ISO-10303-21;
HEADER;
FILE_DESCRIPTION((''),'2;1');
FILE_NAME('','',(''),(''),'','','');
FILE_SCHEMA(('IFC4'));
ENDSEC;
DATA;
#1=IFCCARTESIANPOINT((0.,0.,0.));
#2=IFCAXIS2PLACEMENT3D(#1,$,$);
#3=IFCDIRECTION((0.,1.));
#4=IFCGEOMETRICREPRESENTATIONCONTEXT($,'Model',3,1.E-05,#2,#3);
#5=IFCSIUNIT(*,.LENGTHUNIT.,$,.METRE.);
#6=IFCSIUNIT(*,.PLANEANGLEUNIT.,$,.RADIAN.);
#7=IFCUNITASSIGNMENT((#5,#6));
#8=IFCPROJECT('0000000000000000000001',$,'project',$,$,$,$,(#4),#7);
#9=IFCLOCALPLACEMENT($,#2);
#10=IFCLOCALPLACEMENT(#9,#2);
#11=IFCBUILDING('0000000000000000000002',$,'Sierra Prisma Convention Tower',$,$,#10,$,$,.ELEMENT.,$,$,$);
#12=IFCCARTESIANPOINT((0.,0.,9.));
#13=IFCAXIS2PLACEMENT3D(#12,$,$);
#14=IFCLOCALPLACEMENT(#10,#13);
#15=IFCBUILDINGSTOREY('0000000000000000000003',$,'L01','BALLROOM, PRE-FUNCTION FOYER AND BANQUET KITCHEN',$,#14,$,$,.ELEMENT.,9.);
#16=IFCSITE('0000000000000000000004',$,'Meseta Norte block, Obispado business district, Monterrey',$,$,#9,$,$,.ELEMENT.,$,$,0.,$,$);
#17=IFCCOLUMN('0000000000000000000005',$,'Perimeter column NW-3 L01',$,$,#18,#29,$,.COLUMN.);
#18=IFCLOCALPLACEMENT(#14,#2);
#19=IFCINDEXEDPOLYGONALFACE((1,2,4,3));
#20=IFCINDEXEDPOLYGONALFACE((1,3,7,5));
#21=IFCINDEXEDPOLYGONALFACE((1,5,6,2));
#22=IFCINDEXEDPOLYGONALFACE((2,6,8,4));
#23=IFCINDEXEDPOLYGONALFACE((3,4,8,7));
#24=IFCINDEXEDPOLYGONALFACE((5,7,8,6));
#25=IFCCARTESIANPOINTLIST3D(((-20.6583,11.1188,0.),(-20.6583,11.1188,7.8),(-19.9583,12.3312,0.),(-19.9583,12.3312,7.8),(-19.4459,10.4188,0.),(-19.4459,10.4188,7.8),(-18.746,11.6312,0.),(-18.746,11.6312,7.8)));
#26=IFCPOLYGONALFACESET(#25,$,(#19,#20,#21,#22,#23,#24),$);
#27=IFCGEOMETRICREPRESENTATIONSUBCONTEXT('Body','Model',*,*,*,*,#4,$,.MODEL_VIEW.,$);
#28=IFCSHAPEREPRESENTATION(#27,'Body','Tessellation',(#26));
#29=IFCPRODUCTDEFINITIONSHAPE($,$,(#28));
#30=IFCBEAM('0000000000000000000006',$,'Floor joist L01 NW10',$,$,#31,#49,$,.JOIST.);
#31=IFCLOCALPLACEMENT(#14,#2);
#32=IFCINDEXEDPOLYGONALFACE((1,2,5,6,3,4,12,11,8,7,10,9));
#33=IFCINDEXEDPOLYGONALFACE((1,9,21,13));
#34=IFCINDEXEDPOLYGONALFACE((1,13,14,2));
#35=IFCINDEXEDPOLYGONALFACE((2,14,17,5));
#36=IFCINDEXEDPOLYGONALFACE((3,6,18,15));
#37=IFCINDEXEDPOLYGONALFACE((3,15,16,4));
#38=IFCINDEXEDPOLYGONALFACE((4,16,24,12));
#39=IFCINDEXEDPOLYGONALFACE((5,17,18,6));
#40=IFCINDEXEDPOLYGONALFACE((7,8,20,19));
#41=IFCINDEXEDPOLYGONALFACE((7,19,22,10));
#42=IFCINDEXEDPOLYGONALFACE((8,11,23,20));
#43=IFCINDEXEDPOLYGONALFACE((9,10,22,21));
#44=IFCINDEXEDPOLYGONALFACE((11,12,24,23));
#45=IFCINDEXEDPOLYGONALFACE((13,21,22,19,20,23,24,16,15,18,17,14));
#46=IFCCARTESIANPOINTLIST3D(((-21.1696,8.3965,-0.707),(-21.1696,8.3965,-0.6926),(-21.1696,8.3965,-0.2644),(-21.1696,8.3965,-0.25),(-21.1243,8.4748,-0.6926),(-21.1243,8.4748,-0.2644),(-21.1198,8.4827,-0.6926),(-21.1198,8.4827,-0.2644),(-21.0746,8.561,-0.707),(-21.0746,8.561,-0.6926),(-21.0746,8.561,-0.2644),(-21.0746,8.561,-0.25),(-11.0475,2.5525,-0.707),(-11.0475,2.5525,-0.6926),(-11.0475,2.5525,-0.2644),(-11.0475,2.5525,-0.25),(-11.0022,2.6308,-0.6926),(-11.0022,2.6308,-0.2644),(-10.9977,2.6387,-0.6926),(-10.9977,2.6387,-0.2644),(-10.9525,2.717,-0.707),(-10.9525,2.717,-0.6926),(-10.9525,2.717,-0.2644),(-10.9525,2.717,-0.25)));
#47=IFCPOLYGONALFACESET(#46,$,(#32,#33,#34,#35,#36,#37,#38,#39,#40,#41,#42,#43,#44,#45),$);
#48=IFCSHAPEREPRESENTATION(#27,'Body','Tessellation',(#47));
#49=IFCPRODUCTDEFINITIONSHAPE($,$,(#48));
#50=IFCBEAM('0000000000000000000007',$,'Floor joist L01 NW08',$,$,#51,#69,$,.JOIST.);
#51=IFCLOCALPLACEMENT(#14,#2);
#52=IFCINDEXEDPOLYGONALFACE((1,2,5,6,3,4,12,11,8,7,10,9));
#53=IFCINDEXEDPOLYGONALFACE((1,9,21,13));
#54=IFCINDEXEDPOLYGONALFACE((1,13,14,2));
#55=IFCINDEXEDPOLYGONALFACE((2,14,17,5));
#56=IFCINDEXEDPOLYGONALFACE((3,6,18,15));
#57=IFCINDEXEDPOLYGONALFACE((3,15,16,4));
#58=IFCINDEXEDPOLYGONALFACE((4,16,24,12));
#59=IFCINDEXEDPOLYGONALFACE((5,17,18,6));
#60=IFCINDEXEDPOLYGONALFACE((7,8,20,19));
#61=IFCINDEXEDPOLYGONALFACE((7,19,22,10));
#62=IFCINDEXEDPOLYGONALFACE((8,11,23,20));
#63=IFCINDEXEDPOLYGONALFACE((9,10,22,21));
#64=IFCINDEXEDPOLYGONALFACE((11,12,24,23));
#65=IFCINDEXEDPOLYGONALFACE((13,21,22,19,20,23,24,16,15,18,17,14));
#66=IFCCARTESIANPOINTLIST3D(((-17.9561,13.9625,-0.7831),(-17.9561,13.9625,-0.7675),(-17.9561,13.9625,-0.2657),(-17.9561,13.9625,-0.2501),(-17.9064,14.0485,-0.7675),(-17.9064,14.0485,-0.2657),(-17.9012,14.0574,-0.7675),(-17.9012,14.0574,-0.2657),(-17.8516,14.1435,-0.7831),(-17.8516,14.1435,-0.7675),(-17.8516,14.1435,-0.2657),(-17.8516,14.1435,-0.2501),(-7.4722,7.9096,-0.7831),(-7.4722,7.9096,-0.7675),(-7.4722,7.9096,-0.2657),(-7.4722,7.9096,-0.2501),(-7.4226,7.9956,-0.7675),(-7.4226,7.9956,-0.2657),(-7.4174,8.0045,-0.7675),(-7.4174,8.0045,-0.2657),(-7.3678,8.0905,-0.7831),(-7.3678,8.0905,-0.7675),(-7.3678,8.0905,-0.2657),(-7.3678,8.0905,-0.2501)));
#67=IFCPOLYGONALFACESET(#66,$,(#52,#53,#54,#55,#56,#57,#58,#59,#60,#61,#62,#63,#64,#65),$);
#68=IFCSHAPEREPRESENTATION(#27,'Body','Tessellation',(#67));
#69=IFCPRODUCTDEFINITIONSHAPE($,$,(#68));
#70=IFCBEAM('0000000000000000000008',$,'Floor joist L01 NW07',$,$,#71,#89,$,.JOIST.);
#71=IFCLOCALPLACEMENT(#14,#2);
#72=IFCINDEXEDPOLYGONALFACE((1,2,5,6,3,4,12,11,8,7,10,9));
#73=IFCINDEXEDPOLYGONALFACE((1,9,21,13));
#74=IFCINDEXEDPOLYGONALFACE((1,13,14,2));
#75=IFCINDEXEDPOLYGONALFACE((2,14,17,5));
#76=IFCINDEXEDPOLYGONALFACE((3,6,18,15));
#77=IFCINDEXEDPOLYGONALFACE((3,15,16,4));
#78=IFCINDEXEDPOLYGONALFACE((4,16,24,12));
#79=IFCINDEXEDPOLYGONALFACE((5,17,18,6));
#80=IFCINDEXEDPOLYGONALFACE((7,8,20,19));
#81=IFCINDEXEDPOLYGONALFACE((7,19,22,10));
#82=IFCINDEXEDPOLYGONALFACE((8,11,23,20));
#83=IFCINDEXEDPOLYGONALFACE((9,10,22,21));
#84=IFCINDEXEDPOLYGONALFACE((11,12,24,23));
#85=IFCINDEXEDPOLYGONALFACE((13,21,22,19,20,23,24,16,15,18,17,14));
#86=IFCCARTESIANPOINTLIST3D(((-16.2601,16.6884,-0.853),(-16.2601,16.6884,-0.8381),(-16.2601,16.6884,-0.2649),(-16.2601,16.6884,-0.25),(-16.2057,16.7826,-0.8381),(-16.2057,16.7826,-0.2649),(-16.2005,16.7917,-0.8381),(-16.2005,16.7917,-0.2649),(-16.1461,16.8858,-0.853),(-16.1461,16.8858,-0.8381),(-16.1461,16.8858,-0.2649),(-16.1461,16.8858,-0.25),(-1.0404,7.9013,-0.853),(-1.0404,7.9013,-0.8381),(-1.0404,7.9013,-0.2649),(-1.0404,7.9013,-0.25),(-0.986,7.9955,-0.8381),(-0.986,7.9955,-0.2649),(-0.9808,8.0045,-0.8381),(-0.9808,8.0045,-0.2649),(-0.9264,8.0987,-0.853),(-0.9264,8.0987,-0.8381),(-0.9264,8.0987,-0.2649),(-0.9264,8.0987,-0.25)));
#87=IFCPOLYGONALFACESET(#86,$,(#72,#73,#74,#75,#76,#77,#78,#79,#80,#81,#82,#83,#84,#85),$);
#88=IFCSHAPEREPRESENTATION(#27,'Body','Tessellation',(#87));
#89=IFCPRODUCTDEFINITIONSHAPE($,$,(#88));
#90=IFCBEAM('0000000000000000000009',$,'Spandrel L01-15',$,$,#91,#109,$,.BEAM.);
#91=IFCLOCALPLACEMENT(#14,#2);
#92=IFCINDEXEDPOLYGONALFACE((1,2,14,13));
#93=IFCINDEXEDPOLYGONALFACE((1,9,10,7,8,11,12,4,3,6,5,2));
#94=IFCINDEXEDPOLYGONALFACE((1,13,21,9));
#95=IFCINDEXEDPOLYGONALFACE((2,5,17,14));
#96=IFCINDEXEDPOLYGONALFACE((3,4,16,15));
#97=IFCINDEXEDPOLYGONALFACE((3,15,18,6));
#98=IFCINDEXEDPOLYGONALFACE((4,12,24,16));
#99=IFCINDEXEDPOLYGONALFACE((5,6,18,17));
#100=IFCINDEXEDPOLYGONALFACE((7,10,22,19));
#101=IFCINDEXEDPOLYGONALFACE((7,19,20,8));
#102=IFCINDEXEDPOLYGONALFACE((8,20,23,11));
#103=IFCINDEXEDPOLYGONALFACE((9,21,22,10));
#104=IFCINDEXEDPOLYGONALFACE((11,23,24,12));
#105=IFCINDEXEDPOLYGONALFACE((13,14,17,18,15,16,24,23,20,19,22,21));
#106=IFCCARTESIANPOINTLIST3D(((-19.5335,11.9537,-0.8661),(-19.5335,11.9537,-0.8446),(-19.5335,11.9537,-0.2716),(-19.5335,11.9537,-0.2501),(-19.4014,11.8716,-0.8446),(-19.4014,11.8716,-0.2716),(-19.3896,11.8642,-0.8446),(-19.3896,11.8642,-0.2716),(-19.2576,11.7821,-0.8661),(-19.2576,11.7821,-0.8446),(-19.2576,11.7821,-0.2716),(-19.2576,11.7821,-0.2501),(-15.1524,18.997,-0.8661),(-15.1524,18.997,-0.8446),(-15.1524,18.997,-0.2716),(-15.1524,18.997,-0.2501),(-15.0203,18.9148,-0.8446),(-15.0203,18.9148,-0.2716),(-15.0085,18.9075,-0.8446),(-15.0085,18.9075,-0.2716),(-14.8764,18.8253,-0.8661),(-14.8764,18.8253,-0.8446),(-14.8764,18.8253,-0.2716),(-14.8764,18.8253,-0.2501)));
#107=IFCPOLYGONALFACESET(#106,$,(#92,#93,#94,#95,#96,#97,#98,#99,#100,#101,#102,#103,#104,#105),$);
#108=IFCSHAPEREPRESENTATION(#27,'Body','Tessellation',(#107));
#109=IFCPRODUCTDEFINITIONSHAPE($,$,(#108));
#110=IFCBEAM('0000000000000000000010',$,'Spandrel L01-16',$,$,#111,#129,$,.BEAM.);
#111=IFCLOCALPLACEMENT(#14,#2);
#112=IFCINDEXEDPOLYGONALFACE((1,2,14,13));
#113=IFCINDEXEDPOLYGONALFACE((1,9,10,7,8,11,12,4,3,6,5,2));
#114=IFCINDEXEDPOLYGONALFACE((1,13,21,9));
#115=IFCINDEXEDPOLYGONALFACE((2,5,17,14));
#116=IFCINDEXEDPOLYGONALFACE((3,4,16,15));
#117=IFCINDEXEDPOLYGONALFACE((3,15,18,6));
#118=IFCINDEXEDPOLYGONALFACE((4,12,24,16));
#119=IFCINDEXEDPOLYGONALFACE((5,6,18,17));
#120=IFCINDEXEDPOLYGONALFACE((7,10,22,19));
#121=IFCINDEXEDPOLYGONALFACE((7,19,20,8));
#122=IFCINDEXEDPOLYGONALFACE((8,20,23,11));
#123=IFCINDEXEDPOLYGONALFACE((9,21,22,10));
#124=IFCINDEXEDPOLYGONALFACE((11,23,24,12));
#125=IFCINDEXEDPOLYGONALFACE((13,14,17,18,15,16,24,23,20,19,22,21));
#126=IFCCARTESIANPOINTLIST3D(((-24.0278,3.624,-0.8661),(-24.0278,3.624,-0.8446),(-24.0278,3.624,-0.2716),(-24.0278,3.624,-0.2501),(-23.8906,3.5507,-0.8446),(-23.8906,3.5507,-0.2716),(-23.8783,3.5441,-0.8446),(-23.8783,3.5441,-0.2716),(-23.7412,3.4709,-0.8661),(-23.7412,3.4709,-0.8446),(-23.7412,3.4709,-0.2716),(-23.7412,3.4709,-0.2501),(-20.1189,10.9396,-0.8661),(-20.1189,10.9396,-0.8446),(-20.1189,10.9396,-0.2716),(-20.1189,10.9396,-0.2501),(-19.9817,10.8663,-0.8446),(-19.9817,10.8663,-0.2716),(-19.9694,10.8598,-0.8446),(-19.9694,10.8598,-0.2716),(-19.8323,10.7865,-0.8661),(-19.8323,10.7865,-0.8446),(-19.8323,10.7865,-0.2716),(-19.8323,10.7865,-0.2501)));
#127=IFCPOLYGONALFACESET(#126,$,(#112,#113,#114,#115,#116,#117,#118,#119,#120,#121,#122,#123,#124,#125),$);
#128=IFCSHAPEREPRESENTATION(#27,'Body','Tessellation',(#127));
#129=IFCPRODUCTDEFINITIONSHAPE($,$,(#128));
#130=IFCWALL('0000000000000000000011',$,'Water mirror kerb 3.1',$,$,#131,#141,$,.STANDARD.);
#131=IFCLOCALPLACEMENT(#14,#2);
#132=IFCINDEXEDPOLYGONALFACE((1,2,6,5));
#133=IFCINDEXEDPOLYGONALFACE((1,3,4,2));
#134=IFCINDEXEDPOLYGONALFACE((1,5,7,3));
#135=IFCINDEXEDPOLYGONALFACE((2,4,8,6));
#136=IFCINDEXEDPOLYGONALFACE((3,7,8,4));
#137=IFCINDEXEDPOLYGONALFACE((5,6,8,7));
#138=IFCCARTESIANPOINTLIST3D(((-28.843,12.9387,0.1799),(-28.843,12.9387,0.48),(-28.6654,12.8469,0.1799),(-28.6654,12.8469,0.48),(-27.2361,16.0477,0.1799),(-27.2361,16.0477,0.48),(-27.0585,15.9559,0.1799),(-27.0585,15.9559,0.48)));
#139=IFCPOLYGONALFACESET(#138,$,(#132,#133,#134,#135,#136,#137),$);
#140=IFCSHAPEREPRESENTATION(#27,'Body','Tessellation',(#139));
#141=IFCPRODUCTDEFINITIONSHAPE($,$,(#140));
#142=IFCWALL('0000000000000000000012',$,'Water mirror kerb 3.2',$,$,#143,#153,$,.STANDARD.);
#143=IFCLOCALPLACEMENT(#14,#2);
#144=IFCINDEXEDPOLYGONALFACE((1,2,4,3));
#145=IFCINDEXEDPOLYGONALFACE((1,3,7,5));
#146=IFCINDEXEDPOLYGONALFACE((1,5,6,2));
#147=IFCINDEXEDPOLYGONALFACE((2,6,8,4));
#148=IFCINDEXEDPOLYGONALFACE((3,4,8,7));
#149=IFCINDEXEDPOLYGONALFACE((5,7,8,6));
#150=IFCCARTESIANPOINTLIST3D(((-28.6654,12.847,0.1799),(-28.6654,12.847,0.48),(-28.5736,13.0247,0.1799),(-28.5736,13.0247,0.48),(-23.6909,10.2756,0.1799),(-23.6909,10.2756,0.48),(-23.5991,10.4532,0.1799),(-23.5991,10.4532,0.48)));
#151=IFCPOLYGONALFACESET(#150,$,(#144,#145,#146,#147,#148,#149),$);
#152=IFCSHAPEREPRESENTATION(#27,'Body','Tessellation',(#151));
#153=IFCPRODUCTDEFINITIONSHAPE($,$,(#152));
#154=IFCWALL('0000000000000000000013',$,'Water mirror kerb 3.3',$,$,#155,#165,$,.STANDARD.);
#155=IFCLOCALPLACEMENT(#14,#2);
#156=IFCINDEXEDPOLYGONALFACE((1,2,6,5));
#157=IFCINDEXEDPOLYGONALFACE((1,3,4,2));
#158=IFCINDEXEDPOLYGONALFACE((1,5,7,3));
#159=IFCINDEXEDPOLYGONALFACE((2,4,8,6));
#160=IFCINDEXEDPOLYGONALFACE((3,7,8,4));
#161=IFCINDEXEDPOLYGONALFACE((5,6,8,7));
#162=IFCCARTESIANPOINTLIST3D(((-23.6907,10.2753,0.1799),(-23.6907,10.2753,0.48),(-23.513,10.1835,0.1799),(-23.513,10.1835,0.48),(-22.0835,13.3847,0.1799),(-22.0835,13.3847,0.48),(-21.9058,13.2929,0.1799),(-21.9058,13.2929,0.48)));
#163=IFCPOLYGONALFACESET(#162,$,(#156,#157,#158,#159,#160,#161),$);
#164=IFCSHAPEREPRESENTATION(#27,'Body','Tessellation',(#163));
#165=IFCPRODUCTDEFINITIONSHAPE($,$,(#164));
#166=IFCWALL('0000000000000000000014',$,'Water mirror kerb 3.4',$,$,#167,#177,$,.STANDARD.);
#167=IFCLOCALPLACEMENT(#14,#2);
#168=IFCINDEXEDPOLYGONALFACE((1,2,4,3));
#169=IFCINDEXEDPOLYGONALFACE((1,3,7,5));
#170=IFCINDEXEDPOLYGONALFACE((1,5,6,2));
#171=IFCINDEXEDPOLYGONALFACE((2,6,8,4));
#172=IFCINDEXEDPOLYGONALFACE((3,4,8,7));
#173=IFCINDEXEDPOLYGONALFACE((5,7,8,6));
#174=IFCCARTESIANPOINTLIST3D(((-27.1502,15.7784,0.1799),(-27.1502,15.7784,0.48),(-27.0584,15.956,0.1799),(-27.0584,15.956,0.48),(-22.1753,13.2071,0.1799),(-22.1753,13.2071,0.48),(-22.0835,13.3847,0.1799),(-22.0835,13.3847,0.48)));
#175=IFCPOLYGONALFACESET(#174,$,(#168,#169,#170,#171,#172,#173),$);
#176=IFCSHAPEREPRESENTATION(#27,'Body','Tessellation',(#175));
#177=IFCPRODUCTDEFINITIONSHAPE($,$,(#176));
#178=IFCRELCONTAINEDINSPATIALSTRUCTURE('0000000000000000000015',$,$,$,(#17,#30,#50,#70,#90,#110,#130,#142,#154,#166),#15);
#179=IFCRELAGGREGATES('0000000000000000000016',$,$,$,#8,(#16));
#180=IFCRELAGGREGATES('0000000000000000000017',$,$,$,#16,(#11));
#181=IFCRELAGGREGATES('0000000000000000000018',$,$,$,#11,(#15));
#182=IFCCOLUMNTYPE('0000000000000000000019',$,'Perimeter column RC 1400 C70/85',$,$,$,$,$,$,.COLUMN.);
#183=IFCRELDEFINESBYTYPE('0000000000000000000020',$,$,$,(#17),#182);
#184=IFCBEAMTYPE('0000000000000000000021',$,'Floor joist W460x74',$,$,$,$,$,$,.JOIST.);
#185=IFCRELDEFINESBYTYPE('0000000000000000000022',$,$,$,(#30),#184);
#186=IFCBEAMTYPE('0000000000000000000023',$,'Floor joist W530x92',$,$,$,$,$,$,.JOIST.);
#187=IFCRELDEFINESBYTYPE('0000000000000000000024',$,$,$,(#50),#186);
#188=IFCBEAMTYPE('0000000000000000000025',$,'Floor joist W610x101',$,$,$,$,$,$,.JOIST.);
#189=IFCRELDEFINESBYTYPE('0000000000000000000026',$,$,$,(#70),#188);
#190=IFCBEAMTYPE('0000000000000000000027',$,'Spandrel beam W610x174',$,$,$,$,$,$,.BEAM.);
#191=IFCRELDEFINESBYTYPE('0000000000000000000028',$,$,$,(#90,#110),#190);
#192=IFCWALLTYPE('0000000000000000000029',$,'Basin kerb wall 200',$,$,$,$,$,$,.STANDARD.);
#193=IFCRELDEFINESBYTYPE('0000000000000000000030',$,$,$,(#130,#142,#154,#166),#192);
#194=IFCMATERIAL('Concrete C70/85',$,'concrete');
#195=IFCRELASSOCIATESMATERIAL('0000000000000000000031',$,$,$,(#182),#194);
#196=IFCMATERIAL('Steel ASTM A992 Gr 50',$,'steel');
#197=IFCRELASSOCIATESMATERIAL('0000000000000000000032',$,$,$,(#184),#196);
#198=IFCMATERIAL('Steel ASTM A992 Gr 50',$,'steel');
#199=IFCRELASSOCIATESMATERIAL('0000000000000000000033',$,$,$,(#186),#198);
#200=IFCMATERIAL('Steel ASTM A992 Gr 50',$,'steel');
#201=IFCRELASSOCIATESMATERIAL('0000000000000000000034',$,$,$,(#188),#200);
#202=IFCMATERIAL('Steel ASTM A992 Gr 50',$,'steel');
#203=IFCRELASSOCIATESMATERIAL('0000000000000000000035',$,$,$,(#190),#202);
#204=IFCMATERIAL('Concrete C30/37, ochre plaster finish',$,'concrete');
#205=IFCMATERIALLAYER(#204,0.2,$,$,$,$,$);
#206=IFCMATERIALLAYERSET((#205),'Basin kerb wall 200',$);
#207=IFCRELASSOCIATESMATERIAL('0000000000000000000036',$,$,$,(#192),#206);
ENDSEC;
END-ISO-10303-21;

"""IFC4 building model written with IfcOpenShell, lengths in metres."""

from ifc_helpers import new_model, si_unit, direction, frame, frame_2d, origin, origin_2d, place, context, subcontext, project, spatial, rectangle, i_section, extrude, material, layer, layer_set, material_profile, profile_set, type_object, element, save


model = new_model("IFC4")

# Units and contexts
model_context = context("Model", 3, precision=1e-05, world=origin(), true_north=direction((0.0, 1.0)))
body_context = subcontext(model_context, "Body", "Model", "MODEL_VIEW")
ifc_project = project(units=[si_unit("LENGTHUNIT", "METRE"), si_unit("PLANEANGLEUNIT", "RADIAN")], contexts=[model_context])

# Site, building, storey
site_placement = place(None, origin())
site = spatial("IfcSite", under=ifc_project, at=site_placement, Name="Meseta Norte block, Obispado business district, Monterrey", CompositionType="ELEMENT", RefElevation=0.0)
building_placement = place(site_placement, origin())
building = spatial("IfcBuilding", under=site, at=building_placement, Name="Sierra Prisma Convention Tower", CompositionType="ELEMENT")
storey_placement = place(building_placement, frame((0.0, 0.0, 9.0)))
storey = spatial("IfcBuildingStorey", under=building, at=storey_placement, Name="L01", Description="BALLROOM, PRE-FUNCTION FOYER AND BANQUET KITCHEN", CompositionType="ELEMENT", Elevation=9.0)

# Column
ifc_material_1 = material(Name="Concrete C70/85", Category="concrete")
ifc_material_profile_1 = material_profile(ifc_material_1, rectangle(XDim=1.3999, YDim=1.3999, at=origin_2d()), Name="Perimeter column RC 1400 C70/85")
ifc_profile_set_1 = profile_set([ifc_material_profile_1], Name="Concrete C70/85")
column_type = type_object("IfcColumnType", Name="Perimeter column RC 1400 C70/85", PredefinedType="COLUMN", material=ifc_profile_set_1)
column_placement = place(storey_placement, frame((-19.7021, 11.375, 0.0), z_axis=(0.0, 0.0, 1.0), x_axis=(0.5, 0.866025, 0.0)))
element("IfcColumn", 1, at=column_placement, inside=storey, type_object=column_type, Name="Perimeter column NW-3 L01", PredefinedType="COLUMN", context=body_context, shape_type="SweptSolid", body=[
    extrude(rectangle(XDim=1.3999, YDim=1.3999, at=origin_2d()), origin(), (0.0, 0.0, 1.0), 7.8),
])

# Beams
ifc_material_2 = material(Name="Steel ASTM A992 Gr 50", Category="steel")
ifc_material_profile_2 = material_profile(ifc_material_2, i_section(OverallWidth=0.1899, OverallDepth=0.457, WebThickness=0.009, FlangeThickness=0.0144, at=origin_2d()), Name="W460x74")
ifc_profile_set_2 = profile_set([ifc_material_profile_2], Name="Steel ASTM A992 Gr 50")
beam_type_1 = type_object("IfcBeamType", Name="Floor joist W460x74", PredefinedType="JOIST", material=ifc_profile_set_2)
beam_1_placement = place(storey_placement, frame((-21.1221, 8.4788, -0.4785), z_axis=(0.866025, -0.500001, 0.0), x_axis=(0.500001, 0.866025, 0.0)))
element("IfcBeam", 2, at=beam_1_placement, inside=storey, type_object=beam_type_1, Name="Floor joist L01 NW10", PredefinedType="JOIST", context=body_context, shape_type="SweptSolid", body=[
    extrude(i_section(OverallWidth=0.1899, OverallDepth=0.457, WebThickness=0.009, FlangeThickness=0.0144, at=origin_2d()), origin(), (0.0, 0.0, 1.0), 11.688),
])
ifc_material_3 = material(Name="Steel ASTM A992 Gr 50", Category="steel")
ifc_material_profile_3 = material_profile(ifc_material_3, i_section(OverallWidth=0.209, OverallDepth=0.533, WebThickness=0.0103, FlangeThickness=0.0156, at=origin_2d()), Name="W530x92")
ifc_profile_set_3 = profile_set([ifc_material_profile_3], Name="Steel ASTM A992 Gr 50")
beam_type_2 = type_object("IfcBeamType", Name="Floor joist W530x92", PredefinedType="JOIST", material=ifc_profile_set_3)
beam_2_placement = place(storey_placement, frame((-17.9038, 14.053, -0.5166), z_axis=(0.866022, -0.500006, 0.0), x_axis=(0.500006, 0.866022, 0.0)))
element("IfcBeam", 3, at=beam_2_placement, inside=storey, type_object=beam_type_2, Name="Floor joist L01 NW08", PredefinedType="JOIST", context=body_context, shape_type="SweptSolid", body=[
    extrude(i_section(OverallWidth=0.209, OverallDepth=0.533, WebThickness=0.0103, FlangeThickness=0.0156, at=origin_2d()), origin(), (0.0, 0.0, 1.0), 12.1057),
])
ifc_material_4 = material(Name="Steel ASTM A992 Gr 50", Category="steel")
ifc_material_profile_4 = material_profile(ifc_material_4, i_section(OverallWidth=0.228, OverallDepth=0.603, WebThickness=0.0105, FlangeThickness=0.0149, at=origin_2d()), Name="W610x101")
ifc_profile_set_4 = profile_set([ifc_material_profile_4], Name="Steel ASTM A992 Gr 50")
beam_type_3 = type_object("IfcBeamType", Name="Floor joist W610x101", PredefinedType="JOIST", material=ifc_profile_set_4)
beam_3_placement = place(storey_placement, frame((-16.2031, 16.7871, -0.5515), z_axis=(0.866025, -0.5, 0.0), x_axis=(0.5, 0.866025, 0.0)))
element("IfcBeam", 4, at=beam_3_placement, inside=storey, type_object=beam_type_3, Name="Floor joist L01 NW07", PredefinedType="JOIST", context=body_context, shape_type="SweptSolid", body=[
    extrude(i_section(OverallWidth=0.228, OverallDepth=0.603, WebThickness=0.0105, FlangeThickness=0.0149, at=origin_2d()), origin(), (0.0, 0.0, 1.0), 17.5742),
])
ifc_material_5 = material(Name="Steel ASTM A992 Gr 50", Category="steel")
ifc_material_profile_5 = material_profile(ifc_material_5, i_section(OverallWidth=0.325, OverallDepth=0.616, WebThickness=0.0139, FlangeThickness=0.0215, at=origin_2d()), Name="W610x174")
ifc_profile_set_5 = profile_set([ifc_material_profile_5], Name="Steel ASTM A992 Gr 50")
beam_type_4 = type_object("IfcBeamType", Name="Spandrel beam W610x174", PredefinedType="BEAM", material=ifc_profile_set_5)
beam_4_placement = place(storey_placement, frame((-15.0144, 18.9111, -0.5581), z_axis=(-0.528185, -0.849129, 0.0), x_axis=(0.849129, -0.528185, 0.0)))
element("IfcBeam", 5, at=beam_4_placement, inside=storey, type_object=beam_type_4, Name="Spandrel L01-15", PredefinedType="BEAM", context=body_context, shape_type="SweptSolid", body=[
    extrude(i_section(OverallWidth=0.325, OverallDepth=0.616, WebThickness=0.0139, FlangeThickness=0.0215, at=origin_2d()), origin(), (0.0, 0.0, 1.0), 8.2947),
])
beam_5_placement = place(storey_placement, frame((-19.9756, 10.863, -0.5581), z_axis=(-0.471268, -0.88199, 0.0), x_axis=(0.88199, -0.471268, 0.0)))
element("IfcBeam", 6, at=beam_5_placement, inside=storey, type_object=beam_type_4, Name="Spandrel L01-16", PredefinedType="BEAM", context=body_context, shape_type="SweptSolid", body=[
    extrude(i_section(OverallWidth=0.325, OverallDepth=0.616, WebThickness=0.0139, FlangeThickness=0.0215, at=origin_2d()), origin(), (0.0, 0.0, 1.0), 8.2944),
])

# Walls
ifc_material_6 = material(Name="Concrete C30/37, ochre plaster finish", Category="concrete")
ifc_layer_1 = layer(ifc_material_6, 0.2)
ifc_layer_set_1 = layer_set([ifc_layer_1], Name="Basin kerb wall 200")
wall_type_1 = type_object("IfcWallType", Name="Basin kerb wall 200", PredefinedType="STANDARD", material=ifc_layer_set_1)
wall_1_placement = place(storey_placement, frame((-27.1472, 16.002, 0.1799), z_axis=(0.0, 0.0, 1.0), x_axis=(-0.459144, -0.888362, 0.0)))
element("IfcWall", 7, at=wall_1_placement, inside=storey, type_object=wall_type_1, Name="Water mirror kerb 3.1", PredefinedType="STANDARD", context=body_context, shape_type="SweptSolid", body=[
    extrude(rectangle(XDim=3.4998, YDim=0.2, at=frame_2d((1.75, 0.0))), origin(), (0.0, 0.0, 1.0), 0.3),
])
wall_2_placement = place(storey_placement, frame((-28.6194, 12.9358, 0.1799), z_axis=(0.0, 0.0, 1.0), x_axis=(0.88833, -0.459206, 0.0)))
element("IfcWall", 8, at=wall_2_placement, inside=storey, type_object=wall_type_1, Name="Water mirror kerb 3.2", PredefinedType="STANDARD", context=body_context, shape_type="SweptSolid", body=[
    extrude(rectangle(XDim=5.5999, YDim=0.2, at=frame_2d((2.7998, 0.0))), origin(), (0.0, 0.0, 1.0), 0.3),
])
wall_3_placement = place(storey_placement, frame((-23.6018, 10.2295, 0.1799), z_axis=(0.0, 0.0, 1.0), x_axis=(0.459171, 0.888348, 0.0)))
element("IfcWall", 9, at=wall_3_placement, inside=storey, type_object=wall_type_1, Name="Water mirror kerb 3.3", PredefinedType="STANDARD", context=body_context, shape_type="SweptSolid", body=[
    extrude(rectangle(XDim=3.5002, YDim=0.2, at=frame_2d((1.75, 0.0))), origin(), (0.0, 0.0, 1.0), 0.3),
])
wall_4_placement = place(storey_placement, frame((-22.1294, 13.2959, 0.1799), z_axis=(0.0, 0.0, 1.0), x_axis=(-0.888357, 0.459154, 0.0)))
element("IfcWall", 10, at=wall_4_placement, inside=storey, type_object=wall_type_1, Name="Water mirror kerb 3.4", PredefinedType="STANDARD", context=body_context, shape_type="SweptSolid", body=[
    extrude(rectangle(XDim=5.6001, YDim=0.2, at=frame_2d((2.8, 0.0))), origin(), (0.0, 0.0, 1.0), 0.3),
])

save(model, "model.ifc")
